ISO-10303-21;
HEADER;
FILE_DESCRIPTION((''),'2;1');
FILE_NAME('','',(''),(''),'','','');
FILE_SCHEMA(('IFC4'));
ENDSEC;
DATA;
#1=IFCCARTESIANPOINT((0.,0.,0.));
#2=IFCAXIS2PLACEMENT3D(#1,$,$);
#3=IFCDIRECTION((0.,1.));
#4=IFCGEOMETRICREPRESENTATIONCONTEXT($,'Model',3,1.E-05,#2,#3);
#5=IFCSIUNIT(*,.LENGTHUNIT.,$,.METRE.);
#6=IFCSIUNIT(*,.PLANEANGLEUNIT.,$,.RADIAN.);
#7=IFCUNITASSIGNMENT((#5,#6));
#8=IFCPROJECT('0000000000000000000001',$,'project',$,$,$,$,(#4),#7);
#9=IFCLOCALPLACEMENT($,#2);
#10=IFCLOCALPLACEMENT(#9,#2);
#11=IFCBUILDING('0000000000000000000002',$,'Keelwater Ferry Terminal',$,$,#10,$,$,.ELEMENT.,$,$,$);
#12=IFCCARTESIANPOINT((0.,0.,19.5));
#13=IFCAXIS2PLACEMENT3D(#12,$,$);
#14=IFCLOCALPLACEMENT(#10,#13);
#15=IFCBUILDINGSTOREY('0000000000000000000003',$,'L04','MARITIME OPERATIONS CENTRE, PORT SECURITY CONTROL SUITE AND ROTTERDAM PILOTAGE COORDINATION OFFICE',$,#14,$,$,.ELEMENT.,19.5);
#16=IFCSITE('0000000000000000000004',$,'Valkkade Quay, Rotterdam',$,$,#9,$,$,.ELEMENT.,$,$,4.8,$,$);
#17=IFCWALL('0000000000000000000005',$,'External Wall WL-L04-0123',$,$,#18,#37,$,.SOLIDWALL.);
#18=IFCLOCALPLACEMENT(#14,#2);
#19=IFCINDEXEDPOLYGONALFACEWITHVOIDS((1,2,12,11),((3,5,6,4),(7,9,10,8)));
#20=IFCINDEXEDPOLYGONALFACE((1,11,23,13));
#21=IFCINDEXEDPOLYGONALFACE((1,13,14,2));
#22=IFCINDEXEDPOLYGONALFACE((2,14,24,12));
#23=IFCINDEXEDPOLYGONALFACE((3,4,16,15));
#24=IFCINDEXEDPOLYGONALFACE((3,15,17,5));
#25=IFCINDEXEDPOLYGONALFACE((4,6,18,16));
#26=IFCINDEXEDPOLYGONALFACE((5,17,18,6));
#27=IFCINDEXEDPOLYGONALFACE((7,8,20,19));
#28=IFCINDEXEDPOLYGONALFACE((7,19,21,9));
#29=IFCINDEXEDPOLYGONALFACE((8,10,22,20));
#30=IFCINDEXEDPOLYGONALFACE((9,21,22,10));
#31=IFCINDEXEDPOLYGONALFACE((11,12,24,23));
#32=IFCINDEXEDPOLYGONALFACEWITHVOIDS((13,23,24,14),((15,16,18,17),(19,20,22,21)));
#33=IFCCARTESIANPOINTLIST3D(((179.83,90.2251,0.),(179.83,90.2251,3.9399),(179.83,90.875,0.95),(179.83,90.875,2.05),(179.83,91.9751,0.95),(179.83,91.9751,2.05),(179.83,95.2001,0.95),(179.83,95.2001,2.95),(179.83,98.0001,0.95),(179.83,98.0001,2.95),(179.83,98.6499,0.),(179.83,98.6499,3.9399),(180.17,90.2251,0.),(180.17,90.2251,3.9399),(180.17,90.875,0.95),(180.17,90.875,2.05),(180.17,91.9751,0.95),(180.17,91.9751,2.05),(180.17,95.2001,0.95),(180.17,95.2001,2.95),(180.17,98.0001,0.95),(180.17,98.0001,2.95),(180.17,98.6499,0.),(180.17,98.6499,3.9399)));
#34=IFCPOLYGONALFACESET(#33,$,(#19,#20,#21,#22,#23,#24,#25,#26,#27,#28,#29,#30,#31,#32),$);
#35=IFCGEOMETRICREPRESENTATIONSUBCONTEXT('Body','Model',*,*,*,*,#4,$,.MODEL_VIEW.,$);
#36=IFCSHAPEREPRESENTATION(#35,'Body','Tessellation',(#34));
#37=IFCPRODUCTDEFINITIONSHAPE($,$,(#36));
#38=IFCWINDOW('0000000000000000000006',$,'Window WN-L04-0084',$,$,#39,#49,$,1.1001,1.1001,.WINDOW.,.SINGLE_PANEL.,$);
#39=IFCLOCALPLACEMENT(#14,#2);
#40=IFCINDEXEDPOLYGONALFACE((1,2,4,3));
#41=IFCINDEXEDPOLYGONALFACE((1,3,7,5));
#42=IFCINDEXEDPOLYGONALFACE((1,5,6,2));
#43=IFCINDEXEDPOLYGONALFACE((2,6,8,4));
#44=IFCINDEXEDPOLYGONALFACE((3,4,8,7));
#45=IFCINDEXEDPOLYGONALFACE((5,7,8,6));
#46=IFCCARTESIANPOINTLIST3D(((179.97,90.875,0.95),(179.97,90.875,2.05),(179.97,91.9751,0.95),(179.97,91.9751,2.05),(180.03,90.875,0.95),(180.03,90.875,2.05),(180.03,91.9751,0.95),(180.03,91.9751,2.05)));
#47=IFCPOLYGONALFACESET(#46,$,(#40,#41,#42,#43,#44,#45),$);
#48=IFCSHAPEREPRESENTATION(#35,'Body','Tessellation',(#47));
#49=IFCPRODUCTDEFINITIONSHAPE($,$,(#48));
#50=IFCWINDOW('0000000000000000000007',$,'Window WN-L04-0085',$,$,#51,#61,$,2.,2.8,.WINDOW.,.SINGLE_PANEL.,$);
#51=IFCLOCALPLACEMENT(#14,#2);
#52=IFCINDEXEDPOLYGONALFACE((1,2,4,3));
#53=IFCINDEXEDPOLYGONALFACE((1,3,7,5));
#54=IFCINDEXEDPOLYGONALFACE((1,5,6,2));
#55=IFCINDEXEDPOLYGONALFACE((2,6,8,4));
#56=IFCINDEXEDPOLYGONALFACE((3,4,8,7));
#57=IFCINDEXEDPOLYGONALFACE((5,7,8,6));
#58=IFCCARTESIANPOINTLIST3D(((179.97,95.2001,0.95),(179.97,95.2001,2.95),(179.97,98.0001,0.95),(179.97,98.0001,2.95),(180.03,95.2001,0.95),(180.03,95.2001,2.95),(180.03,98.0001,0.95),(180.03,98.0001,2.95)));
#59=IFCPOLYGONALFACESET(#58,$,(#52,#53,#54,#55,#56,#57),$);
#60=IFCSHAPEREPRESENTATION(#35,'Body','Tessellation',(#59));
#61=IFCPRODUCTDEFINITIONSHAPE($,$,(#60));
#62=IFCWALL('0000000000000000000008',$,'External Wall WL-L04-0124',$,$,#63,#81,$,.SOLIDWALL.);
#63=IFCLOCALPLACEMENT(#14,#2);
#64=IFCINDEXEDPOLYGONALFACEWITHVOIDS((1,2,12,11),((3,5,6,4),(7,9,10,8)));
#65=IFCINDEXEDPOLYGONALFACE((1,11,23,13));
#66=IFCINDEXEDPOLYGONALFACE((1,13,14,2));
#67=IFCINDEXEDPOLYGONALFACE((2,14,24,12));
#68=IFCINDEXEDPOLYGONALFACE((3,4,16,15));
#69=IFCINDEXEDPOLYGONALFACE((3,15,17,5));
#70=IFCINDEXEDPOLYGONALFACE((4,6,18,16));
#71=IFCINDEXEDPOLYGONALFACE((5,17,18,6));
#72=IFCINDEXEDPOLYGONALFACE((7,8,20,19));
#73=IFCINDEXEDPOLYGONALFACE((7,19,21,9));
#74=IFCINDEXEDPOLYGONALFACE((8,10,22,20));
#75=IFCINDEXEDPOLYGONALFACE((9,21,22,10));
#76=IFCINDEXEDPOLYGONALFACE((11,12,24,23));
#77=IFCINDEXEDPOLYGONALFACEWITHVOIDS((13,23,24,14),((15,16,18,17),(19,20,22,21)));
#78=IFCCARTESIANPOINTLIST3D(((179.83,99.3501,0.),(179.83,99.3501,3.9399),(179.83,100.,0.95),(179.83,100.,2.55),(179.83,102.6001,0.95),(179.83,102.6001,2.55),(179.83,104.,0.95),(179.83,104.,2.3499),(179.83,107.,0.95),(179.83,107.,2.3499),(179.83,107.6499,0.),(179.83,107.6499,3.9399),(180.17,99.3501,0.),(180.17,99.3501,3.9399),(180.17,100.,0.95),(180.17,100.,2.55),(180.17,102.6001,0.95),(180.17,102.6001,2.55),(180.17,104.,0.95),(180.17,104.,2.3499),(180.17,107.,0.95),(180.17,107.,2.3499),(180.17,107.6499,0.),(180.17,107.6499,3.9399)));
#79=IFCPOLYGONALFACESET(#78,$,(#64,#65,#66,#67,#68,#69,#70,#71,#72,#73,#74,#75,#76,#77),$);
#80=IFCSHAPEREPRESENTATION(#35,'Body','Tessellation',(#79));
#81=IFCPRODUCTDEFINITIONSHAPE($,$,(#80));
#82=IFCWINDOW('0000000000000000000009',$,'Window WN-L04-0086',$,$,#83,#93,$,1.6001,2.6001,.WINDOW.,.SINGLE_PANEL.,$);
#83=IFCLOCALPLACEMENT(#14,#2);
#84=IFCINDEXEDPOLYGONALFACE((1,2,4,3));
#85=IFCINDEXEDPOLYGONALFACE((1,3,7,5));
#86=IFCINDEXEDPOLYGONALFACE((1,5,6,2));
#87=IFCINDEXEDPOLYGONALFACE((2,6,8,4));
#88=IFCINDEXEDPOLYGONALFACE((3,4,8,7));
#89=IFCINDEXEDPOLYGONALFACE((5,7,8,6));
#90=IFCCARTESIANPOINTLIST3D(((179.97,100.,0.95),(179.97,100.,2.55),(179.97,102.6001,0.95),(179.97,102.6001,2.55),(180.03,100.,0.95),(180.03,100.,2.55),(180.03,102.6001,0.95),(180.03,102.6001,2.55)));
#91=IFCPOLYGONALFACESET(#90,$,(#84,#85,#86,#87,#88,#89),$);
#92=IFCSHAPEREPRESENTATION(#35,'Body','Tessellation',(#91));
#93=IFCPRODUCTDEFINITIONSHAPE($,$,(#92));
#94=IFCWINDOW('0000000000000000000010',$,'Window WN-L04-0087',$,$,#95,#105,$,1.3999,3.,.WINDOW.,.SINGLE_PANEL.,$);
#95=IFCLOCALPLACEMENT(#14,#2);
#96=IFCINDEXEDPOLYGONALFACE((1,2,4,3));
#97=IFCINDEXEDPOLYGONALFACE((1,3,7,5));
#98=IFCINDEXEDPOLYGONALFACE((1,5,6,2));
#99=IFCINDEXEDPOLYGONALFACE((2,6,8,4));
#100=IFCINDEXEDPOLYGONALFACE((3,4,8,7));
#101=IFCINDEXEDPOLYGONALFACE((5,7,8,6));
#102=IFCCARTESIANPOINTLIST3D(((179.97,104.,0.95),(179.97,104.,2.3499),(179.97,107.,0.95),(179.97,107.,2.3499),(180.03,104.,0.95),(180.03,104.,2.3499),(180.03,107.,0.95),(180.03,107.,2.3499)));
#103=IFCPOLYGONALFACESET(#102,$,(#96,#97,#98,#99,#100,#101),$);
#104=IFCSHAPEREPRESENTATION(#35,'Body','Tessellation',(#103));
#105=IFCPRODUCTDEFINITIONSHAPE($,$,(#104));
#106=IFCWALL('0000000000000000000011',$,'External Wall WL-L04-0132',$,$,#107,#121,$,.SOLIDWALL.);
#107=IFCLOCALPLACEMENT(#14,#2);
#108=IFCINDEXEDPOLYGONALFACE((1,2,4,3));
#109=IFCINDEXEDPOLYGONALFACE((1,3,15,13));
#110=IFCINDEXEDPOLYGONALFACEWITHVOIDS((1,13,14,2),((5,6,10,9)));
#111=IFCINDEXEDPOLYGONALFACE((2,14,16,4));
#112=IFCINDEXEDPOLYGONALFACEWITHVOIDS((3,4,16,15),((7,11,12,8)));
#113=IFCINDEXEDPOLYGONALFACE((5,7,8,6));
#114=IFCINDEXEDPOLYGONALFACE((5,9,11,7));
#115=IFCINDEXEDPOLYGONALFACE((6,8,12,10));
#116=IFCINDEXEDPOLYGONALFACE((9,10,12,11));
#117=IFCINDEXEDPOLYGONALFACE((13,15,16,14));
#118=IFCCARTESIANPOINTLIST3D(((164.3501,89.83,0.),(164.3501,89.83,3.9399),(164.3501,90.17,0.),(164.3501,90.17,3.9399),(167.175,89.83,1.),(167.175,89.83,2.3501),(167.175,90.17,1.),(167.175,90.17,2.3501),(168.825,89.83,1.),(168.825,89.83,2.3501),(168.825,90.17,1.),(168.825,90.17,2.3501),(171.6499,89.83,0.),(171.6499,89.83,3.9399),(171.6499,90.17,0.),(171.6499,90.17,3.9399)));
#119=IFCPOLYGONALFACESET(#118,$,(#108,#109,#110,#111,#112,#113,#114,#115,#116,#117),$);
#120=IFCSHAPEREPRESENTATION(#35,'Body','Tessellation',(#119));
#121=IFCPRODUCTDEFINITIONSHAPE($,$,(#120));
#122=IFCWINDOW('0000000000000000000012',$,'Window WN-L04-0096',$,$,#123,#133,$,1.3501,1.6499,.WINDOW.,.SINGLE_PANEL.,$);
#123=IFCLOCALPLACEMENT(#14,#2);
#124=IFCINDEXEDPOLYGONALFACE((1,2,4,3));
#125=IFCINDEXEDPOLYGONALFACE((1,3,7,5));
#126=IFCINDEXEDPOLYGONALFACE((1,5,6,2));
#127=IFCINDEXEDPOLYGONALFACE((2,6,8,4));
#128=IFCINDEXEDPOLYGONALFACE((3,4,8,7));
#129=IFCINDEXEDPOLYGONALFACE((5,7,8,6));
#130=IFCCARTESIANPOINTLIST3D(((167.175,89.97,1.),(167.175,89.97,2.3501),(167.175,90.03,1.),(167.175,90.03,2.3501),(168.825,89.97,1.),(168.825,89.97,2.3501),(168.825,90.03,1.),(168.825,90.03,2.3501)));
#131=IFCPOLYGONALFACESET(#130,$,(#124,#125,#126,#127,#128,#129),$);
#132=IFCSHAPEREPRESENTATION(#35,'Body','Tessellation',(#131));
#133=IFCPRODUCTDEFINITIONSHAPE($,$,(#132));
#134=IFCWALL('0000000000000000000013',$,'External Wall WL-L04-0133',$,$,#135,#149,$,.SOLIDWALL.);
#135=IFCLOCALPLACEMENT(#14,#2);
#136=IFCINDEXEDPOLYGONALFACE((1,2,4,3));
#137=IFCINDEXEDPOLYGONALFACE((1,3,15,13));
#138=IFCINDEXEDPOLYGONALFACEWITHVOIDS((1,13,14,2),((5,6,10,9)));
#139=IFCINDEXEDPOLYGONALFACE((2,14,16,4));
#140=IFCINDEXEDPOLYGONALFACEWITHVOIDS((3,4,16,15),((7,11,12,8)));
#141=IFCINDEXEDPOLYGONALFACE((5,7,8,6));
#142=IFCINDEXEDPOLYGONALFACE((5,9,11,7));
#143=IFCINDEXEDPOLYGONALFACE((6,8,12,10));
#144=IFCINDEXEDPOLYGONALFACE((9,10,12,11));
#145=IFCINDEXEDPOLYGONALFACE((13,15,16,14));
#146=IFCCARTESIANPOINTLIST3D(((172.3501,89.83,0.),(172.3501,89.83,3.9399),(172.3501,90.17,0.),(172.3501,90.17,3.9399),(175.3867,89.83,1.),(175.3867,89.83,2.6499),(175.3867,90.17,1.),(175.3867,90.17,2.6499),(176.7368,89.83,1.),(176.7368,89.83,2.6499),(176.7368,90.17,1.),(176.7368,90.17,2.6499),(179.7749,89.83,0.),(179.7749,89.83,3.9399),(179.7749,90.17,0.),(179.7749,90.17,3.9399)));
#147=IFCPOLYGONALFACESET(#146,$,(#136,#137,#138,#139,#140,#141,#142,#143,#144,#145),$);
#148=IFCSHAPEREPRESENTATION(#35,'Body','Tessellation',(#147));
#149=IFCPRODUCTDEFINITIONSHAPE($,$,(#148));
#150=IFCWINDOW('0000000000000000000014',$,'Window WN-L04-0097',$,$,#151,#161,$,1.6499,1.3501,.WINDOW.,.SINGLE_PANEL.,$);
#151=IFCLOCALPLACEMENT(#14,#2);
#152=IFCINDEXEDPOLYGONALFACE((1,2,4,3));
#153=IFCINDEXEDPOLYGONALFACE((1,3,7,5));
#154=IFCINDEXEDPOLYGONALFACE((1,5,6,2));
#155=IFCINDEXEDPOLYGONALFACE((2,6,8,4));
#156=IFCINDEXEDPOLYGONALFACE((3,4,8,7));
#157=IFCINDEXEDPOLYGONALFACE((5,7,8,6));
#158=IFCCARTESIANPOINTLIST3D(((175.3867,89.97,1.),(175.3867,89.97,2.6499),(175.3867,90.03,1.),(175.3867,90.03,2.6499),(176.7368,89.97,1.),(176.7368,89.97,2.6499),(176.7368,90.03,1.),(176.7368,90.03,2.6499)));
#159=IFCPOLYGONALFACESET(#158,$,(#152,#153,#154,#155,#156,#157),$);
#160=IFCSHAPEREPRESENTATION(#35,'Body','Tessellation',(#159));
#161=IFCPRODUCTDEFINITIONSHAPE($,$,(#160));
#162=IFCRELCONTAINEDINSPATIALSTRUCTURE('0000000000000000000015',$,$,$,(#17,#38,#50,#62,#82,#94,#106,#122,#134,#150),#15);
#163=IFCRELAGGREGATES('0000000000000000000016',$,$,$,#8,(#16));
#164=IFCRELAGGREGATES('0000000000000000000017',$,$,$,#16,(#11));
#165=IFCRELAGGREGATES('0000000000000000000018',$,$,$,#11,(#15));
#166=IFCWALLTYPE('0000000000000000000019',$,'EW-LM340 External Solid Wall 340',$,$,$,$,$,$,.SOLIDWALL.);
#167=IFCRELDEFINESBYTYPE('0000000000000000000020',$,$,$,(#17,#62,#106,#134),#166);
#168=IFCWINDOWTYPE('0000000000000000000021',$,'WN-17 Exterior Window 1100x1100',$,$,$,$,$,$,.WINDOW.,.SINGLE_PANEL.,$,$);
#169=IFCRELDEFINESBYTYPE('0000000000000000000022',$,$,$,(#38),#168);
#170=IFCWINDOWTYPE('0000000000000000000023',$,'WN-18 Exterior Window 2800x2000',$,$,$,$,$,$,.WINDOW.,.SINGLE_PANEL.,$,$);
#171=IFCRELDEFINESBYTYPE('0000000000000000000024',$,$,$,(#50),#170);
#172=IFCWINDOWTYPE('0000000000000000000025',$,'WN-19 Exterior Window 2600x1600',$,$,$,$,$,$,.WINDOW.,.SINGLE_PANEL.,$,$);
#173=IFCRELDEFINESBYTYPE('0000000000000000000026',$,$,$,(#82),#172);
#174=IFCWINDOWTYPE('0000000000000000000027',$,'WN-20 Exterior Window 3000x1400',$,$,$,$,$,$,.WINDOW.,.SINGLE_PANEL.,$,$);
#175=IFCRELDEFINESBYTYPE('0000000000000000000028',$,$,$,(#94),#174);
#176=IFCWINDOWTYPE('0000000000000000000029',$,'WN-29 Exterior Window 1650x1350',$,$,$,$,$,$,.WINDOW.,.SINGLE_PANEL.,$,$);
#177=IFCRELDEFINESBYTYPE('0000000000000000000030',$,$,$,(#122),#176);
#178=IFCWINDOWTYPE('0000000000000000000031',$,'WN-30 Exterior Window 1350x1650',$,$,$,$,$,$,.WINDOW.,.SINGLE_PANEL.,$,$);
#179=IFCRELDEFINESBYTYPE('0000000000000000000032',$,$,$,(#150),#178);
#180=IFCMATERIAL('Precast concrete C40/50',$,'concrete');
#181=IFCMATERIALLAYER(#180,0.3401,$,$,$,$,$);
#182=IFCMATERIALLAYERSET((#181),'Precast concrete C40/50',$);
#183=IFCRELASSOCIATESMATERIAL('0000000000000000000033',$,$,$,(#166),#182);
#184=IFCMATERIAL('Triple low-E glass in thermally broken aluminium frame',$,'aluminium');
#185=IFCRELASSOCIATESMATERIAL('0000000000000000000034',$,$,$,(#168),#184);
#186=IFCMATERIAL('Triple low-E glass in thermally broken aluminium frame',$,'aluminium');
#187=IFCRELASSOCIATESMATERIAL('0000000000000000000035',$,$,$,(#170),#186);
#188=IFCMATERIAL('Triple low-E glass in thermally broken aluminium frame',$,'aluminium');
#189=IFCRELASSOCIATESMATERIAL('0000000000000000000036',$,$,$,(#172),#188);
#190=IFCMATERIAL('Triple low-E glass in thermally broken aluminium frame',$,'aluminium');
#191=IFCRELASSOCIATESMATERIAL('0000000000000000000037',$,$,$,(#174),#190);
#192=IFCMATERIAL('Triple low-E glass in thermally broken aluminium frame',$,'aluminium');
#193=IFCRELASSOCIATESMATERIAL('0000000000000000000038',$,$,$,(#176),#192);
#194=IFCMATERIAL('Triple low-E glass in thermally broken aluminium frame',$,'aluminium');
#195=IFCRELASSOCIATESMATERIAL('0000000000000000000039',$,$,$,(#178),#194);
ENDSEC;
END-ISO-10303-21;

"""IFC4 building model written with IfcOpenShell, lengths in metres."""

from ifc_helpers import new_model, si_unit, direction, frame, frame_2d, origin, place, context, subcontext, project, spatial, rectangle, extrude, material, layer, layer_set, type_object, element, fill, save


model = new_model("IFC4")

# Units and contexts
model_context = context("Model", 3, precision=1e-05, world=origin(), true_north=direction((0.0, 1.0)))
body_context = subcontext(model_context, "Body", "Model", "MODEL_VIEW")
ifc_project = project(units=[si_unit("LENGTHUNIT", "METRE"), si_unit("PLANEANGLEUNIT", "RADIAN")], contexts=[model_context])

# Site, building, storey
site_placement = place(None, origin())
site = spatial("IfcSite", under=ifc_project, at=site_placement, Name="Valkkade Quay, Rotterdam", CompositionType="ELEMENT", RefElevation=4.8)
building_placement = place(site_placement, origin())
building = spatial("IfcBuilding", under=site, at=building_placement, Name="Keelwater Ferry Terminal", CompositionType="ELEMENT")
storey_placement = place(building_placement, frame((0.0, 0.0, 19.5)))
storey = spatial("IfcBuildingStorey", under=building, at=storey_placement, Name="L04", Description="MARITIME OPERATIONS CENTRE, PORT SECURITY CONTROL SUITE AND ROTTERDAM PILOTAGE COORDINATION OFFICE", CompositionType="ELEMENT", Elevation=19.5)

# Walls, openings, windows
ifc_material_1 = material(Name="Precast concrete C40/50", Category="concrete")
ifc_layer = layer(ifc_material_1, 0.3401)
ifc_layer_set = layer_set([ifc_layer], Name="Precast concrete C40/50")
wall_type = type_object("IfcWallType", Name="EW-LM340 External Solid Wall 340", PredefinedType="SOLIDWALL", material=ifc_layer_set)
wall_1_placement = place(storey_placement, frame((180.0, 90.2251, 0.0), z_axis=(0.0, 0.0, 1.0), x_axis=(0.0, 1.0, 0.0)))
wall_1 = element("IfcWall", 1, at=wall_1_placement, inside=storey, type_object=wall_type, Name="External Wall WL-L04-0123", PredefinedType="SOLIDWALL", context=body_context, shape_type="SweptSolid", body=[
    extrude(rectangle(XDim=8.4248, YDim=0.3401, at=frame_2d((4.2124, 0.0))), origin(), (0.0, 0.0, 1.0), 3.9399),
])
opening_1_placement = place(wall_1_placement, frame((0.6499, 0.0, 0.95)))
opening_1 = element("IfcOpeningElement", 2, at=opening_1_placement, cuts=wall_1, PredefinedType="OPENING", context=body_context, shape_type="SweptSolid", body=[
    extrude(rectangle(XDim=1.1001, YDim=1.1001, at=frame_2d((0.55, 0.55))), frame((0.0, 0.1799, 0.0), z_axis=(0.0, -1.0, 0.0), x_axis=(1.0, 0.0, 0.0)), (0.0, 0.0, 1.0), 0.3601),
])
opening_2_placement = place(wall_1_placement, frame((4.9751, 0.0, 0.95)))
opening_2 = element("IfcOpeningElement", 3, at=opening_2_placement, cuts=wall_1, PredefinedType="OPENING", context=body_context, shape_type="SweptSolid", body=[
    extrude(rectangle(XDim=2.8, YDim=2.0, at=frame_2d((1.3999, 1.0))), frame((0.0, 0.1799, 0.0), z_axis=(0.0, -1.0, 0.0), x_axis=(1.0, 0.0, 0.0)), (0.0, 0.0, 1.0), 0.3601),
])
ifc_material_2 = material(Name="Triple low-E glass in thermally broken aluminium frame", Category="aluminium")
window_type_1 = type_object("IfcWindowType", Name="WN-17 Exterior Window 1100x1100", PartitioningType="SINGLE_PANEL", PredefinedType="WINDOW", material=ifc_material_2)
window_1_placement = place(opening_1_placement, origin())
window_1 = element("IfcWindow", 4, at=window_1_placement, inside=storey, type_object=window_type_1, Name="Window WN-L04-0084", OverallHeight=1.1001, OverallWidth=1.1001, PartitioningType="SINGLE_PANEL", PredefinedType="WINDOW", context=body_context, shape_type="SweptSolid", body=[
    extrude(rectangle(XDim=1.1001, YDim=1.1001, at=frame_2d((0.55, 0.55))), frame((0.0, 0.03, 0.0), z_axis=(0.0, -1.0, 0.0), x_axis=(1.0, 0.0, 0.0)), (0.0, 0.0, 1.0), 0.0601),
])
fill(opening_1, window_1)
ifc_material_3 = material(Name="Triple low-E glass in thermally broken aluminium frame", Category="aluminium")
window_type_2 = type_object("IfcWindowType", Name="WN-18 Exterior Window 2800x2000", PartitioningType="SINGLE_PANEL", PredefinedType="WINDOW", material=ifc_material_3)
window_2_placement = place(opening_2_placement, origin())
window_2 = element("IfcWindow", 5, at=window_2_placement, inside=storey, type_object=window_type_2, Name="Window WN-L04-0085", OverallHeight=2.0, OverallWidth=2.8, PartitioningType="SINGLE_PANEL", PredefinedType="WINDOW", context=body_context, shape_type="SweptSolid", body=[
    extrude(rectangle(XDim=2.8, YDim=2.0, at=frame_2d((1.3999, 1.0))), frame((0.0, 0.03, 0.0), z_axis=(0.0, -1.0, 0.0), x_axis=(1.0, 0.0, 0.0)), (0.0, 0.0, 1.0), 0.0601),
])
fill(opening_2, window_2)
wall_2_placement = place(storey_placement, frame((180.0, 99.3501, 0.0), z_axis=(0.0, 0.0, 1.0), x_axis=(0.0, 1.0, 0.0)))
wall_2 = element("IfcWall", 6, at=wall_2_placement, inside=storey, type_object=wall_type, Name="External Wall WL-L04-0124", PredefinedType="SOLIDWALL", context=body_context, shape_type="SweptSolid", body=[
    extrude(rectangle(XDim=8.2998, YDim=0.3401, at=frame_2d((4.1499, 0.0))), origin(), (0.0, 0.0, 1.0), 3.9399),
])
opening_3_placement = place(wall_2_placement, frame((0.6499, 0.0, 0.95)))
opening_3 = element("IfcOpeningElement", 7, at=opening_3_placement, cuts=wall_2, PredefinedType="OPENING", context=body_context, shape_type="SweptSolid", body=[
    extrude(rectangle(XDim=2.6001, YDim=1.6001, at=frame_2d((1.3, 0.8))), frame((0.0, 0.1799, 0.0), z_axis=(0.0, -1.0, 0.0), x_axis=(1.0, 0.0, 0.0)), (0.0, 0.0, 1.0), 0.3601),
])
opening_4_placement = place(wall_2_placement, frame((4.6499, 0.0, 0.95)))
opening_4 = element("IfcOpeningElement", 8, at=opening_4_placement, cuts=wall_2, PredefinedType="OPENING", context=body_context, shape_type="SweptSolid", body=[
    extrude(rectangle(XDim=3.0, YDim=1.3999, at=frame_2d((1.5, 0.7))), frame((0.0, 0.1799, 0.0), z_axis=(0.0, -1.0, 0.0), x_axis=(1.0, 0.0, 0.0)), (0.0, 0.0, 1.0), 0.3601),
])
ifc_material_4 = material(Name="Triple low-E glass in thermally broken aluminium frame", Category="aluminium")
window_type_3 = type_object("IfcWindowType", Name="WN-19 Exterior Window 2600x1600", PartitioningType="SINGLE_PANEL", PredefinedType="WINDOW", material=ifc_material_4)
window_3_placement = place(opening_3_placement, origin())
window_3 = element("IfcWindow", 9, at=window_3_placement, inside=storey, type_object=window_type_3, Name="Window WN-L04-0086", OverallHeight=1.6001, OverallWidth=2.6001, PartitioningType="SINGLE_PANEL", PredefinedType="WINDOW", context=body_context, shape_type="SweptSolid", body=[
    extrude(rectangle(XDim=2.6001, YDim=1.6001, at=frame_2d((1.3, 0.8))), frame((0.0, 0.03, 0.0), z_axis=(0.0, -1.0, 0.0), x_axis=(1.0, 0.0, 0.0)), (0.0, 0.0, 1.0), 0.0601),
])
fill(opening_3, window_3)
ifc_material_5 = material(Name="Triple low-E glass in thermally broken aluminium frame", Category="aluminium")
window_type_4 = type_object("IfcWindowType", Name="WN-20 Exterior Window 3000x1400", PartitioningType="SINGLE_PANEL", PredefinedType="WINDOW", material=ifc_material_5)
window_4_placement = place(opening_4_placement, origin())
window_4 = element("IfcWindow", 10, at=window_4_placement, inside=storey, type_object=window_type_4, Name="Window WN-L04-0087", OverallHeight=1.3999, OverallWidth=3.0, PartitioningType="SINGLE_PANEL", PredefinedType="WINDOW", context=body_context, shape_type="SweptSolid", body=[
    extrude(rectangle(XDim=3.0, YDim=1.3999, at=frame_2d((1.5, 0.7))), frame((0.0, 0.03, 0.0), z_axis=(0.0, -1.0, 0.0), x_axis=(1.0, 0.0, 0.0)), (0.0, 0.0, 1.0), 0.0601),
])
fill(opening_4, window_4)

# Walls, openings, windows
wall_3_placement = place(storey_placement, frame((171.6499, 90.0, 0.0), z_axis=(0.0, 0.0, 1.0), x_axis=(-1.0, 0.0, 0.0)))
wall_3 = element("IfcWall", 11, at=wall_3_placement, inside=storey, type_object=wall_type, Name="External Wall WL-L04-0132", PredefinedType="SOLIDWALL", context=body_context, shape_type="SweptSolid", body=[
    extrude(rectangle(XDim=7.2998, YDim=0.3401, at=frame_2d((3.6499, 0.0))), origin(), (0.0, 0.0, 1.0), 3.9399),
])
opening_5_placement = place(wall_3_placement, frame((2.825, 0.0, 1.0)))
opening_5 = element("IfcOpeningElement", 12, at=opening_5_placement, cuts=wall_3, PredefinedType="OPENING", context=body_context, shape_type="SweptSolid", body=[
    extrude(rectangle(XDim=1.6499, YDim=1.3501, at=frame_2d((0.825, 0.675))), frame((0.0, 0.1799, 0.0), z_axis=(0.0, -1.0, 0.0), x_axis=(1.0, 0.0, 0.0)), (0.0, 0.0, 1.0), 0.3601),
])
ifc_material_6 = material(Name="Triple low-E glass in thermally broken aluminium frame", Category="aluminium")
window_type_5 = type_object("IfcWindowType", Name="WN-29 Exterior Window 1650x1350", PartitioningType="SINGLE_PANEL", PredefinedType="WINDOW", material=ifc_material_6)
window_5_placement = place(opening_5_placement, origin())
window_5 = element("IfcWindow", 13, at=window_5_placement, inside=storey, type_object=window_type_5, Name="Window WN-L04-0096", OverallHeight=1.3501, OverallWidth=1.6499, PartitioningType="SINGLE_PANEL", PredefinedType="WINDOW", context=body_context, shape_type="SweptSolid", body=[
    extrude(rectangle(XDim=1.6499, YDim=1.3501, at=frame_2d((0.825, 0.675))), frame((0.0, 0.03, 0.0), z_axis=(0.0, -1.0, 0.0), x_axis=(1.0, 0.0, 0.0)), (0.0, 0.0, 1.0), 0.0601),
])
fill(opening_5, window_5)
wall_4_placement = place(storey_placement, frame((179.7749, 90.0, 0.0), z_axis=(0.0, 0.0, 1.0), x_axis=(-1.0, 0.0, 0.0)))
wall_4 = element("IfcWall", 14, at=wall_4_placement, inside=storey, type_object=wall_type, Name="External Wall WL-L04-0133", PredefinedType="SOLIDWALL", context=body_context, shape_type="SweptSolid", body=[
    extrude(rectangle(XDim=7.4248, YDim=0.3401, at=frame_2d((3.7124, 0.0))), origin(), (0.0, 0.0, 1.0), 3.9399),
])
opening_6_placement = place(wall_4_placement, frame((3.0381, 0.0, 1.0)))
opening_6 = element("IfcOpeningElement", 15, at=opening_6_placement, cuts=wall_4, PredefinedType="OPENING", context=body_context, shape_type="SweptSolid", body=[
    extrude(rectangle(XDim=1.3501, YDim=1.6499, at=frame_2d((0.675, 0.825))), frame((0.0, 0.1799, 0.0), z_axis=(0.0, -1.0, 0.0), x_axis=(1.0, 0.0, 0.0)), (0.0, 0.0, 1.0), 0.3601),
])
ifc_material_7 = material(Name="Triple low-E glass in thermally broken aluminium frame", Category="aluminium")
window_type_6 = type_object("IfcWindowType", Name="WN-30 Exterior Window 1350x1650", PartitioningType="SINGLE_PANEL", PredefinedType="WINDOW", material=ifc_material_7)
window_6_placement = place(opening_6_placement, origin())
window_6 = element("IfcWindow", 16, at=window_6_placement, inside=storey, type_object=window_type_6, Name="Window WN-L04-0097", OverallHeight=1.6499, OverallWidth=1.3501, PartitioningType="SINGLE_PANEL", PredefinedType="WINDOW", context=body_context, shape_type="SweptSolid", body=[
    extrude(rectangle(XDim=1.3501, YDim=1.6499, at=frame_2d((0.675, 0.825))), frame((0.0, 0.03, 0.0), z_axis=(0.0, -1.0, 0.0), x_axis=(1.0, 0.0, 0.0)), (0.0, 0.0, 1.0), 0.0601),
])
fill(opening_6, window_6)

save(model, "model.ifc")
